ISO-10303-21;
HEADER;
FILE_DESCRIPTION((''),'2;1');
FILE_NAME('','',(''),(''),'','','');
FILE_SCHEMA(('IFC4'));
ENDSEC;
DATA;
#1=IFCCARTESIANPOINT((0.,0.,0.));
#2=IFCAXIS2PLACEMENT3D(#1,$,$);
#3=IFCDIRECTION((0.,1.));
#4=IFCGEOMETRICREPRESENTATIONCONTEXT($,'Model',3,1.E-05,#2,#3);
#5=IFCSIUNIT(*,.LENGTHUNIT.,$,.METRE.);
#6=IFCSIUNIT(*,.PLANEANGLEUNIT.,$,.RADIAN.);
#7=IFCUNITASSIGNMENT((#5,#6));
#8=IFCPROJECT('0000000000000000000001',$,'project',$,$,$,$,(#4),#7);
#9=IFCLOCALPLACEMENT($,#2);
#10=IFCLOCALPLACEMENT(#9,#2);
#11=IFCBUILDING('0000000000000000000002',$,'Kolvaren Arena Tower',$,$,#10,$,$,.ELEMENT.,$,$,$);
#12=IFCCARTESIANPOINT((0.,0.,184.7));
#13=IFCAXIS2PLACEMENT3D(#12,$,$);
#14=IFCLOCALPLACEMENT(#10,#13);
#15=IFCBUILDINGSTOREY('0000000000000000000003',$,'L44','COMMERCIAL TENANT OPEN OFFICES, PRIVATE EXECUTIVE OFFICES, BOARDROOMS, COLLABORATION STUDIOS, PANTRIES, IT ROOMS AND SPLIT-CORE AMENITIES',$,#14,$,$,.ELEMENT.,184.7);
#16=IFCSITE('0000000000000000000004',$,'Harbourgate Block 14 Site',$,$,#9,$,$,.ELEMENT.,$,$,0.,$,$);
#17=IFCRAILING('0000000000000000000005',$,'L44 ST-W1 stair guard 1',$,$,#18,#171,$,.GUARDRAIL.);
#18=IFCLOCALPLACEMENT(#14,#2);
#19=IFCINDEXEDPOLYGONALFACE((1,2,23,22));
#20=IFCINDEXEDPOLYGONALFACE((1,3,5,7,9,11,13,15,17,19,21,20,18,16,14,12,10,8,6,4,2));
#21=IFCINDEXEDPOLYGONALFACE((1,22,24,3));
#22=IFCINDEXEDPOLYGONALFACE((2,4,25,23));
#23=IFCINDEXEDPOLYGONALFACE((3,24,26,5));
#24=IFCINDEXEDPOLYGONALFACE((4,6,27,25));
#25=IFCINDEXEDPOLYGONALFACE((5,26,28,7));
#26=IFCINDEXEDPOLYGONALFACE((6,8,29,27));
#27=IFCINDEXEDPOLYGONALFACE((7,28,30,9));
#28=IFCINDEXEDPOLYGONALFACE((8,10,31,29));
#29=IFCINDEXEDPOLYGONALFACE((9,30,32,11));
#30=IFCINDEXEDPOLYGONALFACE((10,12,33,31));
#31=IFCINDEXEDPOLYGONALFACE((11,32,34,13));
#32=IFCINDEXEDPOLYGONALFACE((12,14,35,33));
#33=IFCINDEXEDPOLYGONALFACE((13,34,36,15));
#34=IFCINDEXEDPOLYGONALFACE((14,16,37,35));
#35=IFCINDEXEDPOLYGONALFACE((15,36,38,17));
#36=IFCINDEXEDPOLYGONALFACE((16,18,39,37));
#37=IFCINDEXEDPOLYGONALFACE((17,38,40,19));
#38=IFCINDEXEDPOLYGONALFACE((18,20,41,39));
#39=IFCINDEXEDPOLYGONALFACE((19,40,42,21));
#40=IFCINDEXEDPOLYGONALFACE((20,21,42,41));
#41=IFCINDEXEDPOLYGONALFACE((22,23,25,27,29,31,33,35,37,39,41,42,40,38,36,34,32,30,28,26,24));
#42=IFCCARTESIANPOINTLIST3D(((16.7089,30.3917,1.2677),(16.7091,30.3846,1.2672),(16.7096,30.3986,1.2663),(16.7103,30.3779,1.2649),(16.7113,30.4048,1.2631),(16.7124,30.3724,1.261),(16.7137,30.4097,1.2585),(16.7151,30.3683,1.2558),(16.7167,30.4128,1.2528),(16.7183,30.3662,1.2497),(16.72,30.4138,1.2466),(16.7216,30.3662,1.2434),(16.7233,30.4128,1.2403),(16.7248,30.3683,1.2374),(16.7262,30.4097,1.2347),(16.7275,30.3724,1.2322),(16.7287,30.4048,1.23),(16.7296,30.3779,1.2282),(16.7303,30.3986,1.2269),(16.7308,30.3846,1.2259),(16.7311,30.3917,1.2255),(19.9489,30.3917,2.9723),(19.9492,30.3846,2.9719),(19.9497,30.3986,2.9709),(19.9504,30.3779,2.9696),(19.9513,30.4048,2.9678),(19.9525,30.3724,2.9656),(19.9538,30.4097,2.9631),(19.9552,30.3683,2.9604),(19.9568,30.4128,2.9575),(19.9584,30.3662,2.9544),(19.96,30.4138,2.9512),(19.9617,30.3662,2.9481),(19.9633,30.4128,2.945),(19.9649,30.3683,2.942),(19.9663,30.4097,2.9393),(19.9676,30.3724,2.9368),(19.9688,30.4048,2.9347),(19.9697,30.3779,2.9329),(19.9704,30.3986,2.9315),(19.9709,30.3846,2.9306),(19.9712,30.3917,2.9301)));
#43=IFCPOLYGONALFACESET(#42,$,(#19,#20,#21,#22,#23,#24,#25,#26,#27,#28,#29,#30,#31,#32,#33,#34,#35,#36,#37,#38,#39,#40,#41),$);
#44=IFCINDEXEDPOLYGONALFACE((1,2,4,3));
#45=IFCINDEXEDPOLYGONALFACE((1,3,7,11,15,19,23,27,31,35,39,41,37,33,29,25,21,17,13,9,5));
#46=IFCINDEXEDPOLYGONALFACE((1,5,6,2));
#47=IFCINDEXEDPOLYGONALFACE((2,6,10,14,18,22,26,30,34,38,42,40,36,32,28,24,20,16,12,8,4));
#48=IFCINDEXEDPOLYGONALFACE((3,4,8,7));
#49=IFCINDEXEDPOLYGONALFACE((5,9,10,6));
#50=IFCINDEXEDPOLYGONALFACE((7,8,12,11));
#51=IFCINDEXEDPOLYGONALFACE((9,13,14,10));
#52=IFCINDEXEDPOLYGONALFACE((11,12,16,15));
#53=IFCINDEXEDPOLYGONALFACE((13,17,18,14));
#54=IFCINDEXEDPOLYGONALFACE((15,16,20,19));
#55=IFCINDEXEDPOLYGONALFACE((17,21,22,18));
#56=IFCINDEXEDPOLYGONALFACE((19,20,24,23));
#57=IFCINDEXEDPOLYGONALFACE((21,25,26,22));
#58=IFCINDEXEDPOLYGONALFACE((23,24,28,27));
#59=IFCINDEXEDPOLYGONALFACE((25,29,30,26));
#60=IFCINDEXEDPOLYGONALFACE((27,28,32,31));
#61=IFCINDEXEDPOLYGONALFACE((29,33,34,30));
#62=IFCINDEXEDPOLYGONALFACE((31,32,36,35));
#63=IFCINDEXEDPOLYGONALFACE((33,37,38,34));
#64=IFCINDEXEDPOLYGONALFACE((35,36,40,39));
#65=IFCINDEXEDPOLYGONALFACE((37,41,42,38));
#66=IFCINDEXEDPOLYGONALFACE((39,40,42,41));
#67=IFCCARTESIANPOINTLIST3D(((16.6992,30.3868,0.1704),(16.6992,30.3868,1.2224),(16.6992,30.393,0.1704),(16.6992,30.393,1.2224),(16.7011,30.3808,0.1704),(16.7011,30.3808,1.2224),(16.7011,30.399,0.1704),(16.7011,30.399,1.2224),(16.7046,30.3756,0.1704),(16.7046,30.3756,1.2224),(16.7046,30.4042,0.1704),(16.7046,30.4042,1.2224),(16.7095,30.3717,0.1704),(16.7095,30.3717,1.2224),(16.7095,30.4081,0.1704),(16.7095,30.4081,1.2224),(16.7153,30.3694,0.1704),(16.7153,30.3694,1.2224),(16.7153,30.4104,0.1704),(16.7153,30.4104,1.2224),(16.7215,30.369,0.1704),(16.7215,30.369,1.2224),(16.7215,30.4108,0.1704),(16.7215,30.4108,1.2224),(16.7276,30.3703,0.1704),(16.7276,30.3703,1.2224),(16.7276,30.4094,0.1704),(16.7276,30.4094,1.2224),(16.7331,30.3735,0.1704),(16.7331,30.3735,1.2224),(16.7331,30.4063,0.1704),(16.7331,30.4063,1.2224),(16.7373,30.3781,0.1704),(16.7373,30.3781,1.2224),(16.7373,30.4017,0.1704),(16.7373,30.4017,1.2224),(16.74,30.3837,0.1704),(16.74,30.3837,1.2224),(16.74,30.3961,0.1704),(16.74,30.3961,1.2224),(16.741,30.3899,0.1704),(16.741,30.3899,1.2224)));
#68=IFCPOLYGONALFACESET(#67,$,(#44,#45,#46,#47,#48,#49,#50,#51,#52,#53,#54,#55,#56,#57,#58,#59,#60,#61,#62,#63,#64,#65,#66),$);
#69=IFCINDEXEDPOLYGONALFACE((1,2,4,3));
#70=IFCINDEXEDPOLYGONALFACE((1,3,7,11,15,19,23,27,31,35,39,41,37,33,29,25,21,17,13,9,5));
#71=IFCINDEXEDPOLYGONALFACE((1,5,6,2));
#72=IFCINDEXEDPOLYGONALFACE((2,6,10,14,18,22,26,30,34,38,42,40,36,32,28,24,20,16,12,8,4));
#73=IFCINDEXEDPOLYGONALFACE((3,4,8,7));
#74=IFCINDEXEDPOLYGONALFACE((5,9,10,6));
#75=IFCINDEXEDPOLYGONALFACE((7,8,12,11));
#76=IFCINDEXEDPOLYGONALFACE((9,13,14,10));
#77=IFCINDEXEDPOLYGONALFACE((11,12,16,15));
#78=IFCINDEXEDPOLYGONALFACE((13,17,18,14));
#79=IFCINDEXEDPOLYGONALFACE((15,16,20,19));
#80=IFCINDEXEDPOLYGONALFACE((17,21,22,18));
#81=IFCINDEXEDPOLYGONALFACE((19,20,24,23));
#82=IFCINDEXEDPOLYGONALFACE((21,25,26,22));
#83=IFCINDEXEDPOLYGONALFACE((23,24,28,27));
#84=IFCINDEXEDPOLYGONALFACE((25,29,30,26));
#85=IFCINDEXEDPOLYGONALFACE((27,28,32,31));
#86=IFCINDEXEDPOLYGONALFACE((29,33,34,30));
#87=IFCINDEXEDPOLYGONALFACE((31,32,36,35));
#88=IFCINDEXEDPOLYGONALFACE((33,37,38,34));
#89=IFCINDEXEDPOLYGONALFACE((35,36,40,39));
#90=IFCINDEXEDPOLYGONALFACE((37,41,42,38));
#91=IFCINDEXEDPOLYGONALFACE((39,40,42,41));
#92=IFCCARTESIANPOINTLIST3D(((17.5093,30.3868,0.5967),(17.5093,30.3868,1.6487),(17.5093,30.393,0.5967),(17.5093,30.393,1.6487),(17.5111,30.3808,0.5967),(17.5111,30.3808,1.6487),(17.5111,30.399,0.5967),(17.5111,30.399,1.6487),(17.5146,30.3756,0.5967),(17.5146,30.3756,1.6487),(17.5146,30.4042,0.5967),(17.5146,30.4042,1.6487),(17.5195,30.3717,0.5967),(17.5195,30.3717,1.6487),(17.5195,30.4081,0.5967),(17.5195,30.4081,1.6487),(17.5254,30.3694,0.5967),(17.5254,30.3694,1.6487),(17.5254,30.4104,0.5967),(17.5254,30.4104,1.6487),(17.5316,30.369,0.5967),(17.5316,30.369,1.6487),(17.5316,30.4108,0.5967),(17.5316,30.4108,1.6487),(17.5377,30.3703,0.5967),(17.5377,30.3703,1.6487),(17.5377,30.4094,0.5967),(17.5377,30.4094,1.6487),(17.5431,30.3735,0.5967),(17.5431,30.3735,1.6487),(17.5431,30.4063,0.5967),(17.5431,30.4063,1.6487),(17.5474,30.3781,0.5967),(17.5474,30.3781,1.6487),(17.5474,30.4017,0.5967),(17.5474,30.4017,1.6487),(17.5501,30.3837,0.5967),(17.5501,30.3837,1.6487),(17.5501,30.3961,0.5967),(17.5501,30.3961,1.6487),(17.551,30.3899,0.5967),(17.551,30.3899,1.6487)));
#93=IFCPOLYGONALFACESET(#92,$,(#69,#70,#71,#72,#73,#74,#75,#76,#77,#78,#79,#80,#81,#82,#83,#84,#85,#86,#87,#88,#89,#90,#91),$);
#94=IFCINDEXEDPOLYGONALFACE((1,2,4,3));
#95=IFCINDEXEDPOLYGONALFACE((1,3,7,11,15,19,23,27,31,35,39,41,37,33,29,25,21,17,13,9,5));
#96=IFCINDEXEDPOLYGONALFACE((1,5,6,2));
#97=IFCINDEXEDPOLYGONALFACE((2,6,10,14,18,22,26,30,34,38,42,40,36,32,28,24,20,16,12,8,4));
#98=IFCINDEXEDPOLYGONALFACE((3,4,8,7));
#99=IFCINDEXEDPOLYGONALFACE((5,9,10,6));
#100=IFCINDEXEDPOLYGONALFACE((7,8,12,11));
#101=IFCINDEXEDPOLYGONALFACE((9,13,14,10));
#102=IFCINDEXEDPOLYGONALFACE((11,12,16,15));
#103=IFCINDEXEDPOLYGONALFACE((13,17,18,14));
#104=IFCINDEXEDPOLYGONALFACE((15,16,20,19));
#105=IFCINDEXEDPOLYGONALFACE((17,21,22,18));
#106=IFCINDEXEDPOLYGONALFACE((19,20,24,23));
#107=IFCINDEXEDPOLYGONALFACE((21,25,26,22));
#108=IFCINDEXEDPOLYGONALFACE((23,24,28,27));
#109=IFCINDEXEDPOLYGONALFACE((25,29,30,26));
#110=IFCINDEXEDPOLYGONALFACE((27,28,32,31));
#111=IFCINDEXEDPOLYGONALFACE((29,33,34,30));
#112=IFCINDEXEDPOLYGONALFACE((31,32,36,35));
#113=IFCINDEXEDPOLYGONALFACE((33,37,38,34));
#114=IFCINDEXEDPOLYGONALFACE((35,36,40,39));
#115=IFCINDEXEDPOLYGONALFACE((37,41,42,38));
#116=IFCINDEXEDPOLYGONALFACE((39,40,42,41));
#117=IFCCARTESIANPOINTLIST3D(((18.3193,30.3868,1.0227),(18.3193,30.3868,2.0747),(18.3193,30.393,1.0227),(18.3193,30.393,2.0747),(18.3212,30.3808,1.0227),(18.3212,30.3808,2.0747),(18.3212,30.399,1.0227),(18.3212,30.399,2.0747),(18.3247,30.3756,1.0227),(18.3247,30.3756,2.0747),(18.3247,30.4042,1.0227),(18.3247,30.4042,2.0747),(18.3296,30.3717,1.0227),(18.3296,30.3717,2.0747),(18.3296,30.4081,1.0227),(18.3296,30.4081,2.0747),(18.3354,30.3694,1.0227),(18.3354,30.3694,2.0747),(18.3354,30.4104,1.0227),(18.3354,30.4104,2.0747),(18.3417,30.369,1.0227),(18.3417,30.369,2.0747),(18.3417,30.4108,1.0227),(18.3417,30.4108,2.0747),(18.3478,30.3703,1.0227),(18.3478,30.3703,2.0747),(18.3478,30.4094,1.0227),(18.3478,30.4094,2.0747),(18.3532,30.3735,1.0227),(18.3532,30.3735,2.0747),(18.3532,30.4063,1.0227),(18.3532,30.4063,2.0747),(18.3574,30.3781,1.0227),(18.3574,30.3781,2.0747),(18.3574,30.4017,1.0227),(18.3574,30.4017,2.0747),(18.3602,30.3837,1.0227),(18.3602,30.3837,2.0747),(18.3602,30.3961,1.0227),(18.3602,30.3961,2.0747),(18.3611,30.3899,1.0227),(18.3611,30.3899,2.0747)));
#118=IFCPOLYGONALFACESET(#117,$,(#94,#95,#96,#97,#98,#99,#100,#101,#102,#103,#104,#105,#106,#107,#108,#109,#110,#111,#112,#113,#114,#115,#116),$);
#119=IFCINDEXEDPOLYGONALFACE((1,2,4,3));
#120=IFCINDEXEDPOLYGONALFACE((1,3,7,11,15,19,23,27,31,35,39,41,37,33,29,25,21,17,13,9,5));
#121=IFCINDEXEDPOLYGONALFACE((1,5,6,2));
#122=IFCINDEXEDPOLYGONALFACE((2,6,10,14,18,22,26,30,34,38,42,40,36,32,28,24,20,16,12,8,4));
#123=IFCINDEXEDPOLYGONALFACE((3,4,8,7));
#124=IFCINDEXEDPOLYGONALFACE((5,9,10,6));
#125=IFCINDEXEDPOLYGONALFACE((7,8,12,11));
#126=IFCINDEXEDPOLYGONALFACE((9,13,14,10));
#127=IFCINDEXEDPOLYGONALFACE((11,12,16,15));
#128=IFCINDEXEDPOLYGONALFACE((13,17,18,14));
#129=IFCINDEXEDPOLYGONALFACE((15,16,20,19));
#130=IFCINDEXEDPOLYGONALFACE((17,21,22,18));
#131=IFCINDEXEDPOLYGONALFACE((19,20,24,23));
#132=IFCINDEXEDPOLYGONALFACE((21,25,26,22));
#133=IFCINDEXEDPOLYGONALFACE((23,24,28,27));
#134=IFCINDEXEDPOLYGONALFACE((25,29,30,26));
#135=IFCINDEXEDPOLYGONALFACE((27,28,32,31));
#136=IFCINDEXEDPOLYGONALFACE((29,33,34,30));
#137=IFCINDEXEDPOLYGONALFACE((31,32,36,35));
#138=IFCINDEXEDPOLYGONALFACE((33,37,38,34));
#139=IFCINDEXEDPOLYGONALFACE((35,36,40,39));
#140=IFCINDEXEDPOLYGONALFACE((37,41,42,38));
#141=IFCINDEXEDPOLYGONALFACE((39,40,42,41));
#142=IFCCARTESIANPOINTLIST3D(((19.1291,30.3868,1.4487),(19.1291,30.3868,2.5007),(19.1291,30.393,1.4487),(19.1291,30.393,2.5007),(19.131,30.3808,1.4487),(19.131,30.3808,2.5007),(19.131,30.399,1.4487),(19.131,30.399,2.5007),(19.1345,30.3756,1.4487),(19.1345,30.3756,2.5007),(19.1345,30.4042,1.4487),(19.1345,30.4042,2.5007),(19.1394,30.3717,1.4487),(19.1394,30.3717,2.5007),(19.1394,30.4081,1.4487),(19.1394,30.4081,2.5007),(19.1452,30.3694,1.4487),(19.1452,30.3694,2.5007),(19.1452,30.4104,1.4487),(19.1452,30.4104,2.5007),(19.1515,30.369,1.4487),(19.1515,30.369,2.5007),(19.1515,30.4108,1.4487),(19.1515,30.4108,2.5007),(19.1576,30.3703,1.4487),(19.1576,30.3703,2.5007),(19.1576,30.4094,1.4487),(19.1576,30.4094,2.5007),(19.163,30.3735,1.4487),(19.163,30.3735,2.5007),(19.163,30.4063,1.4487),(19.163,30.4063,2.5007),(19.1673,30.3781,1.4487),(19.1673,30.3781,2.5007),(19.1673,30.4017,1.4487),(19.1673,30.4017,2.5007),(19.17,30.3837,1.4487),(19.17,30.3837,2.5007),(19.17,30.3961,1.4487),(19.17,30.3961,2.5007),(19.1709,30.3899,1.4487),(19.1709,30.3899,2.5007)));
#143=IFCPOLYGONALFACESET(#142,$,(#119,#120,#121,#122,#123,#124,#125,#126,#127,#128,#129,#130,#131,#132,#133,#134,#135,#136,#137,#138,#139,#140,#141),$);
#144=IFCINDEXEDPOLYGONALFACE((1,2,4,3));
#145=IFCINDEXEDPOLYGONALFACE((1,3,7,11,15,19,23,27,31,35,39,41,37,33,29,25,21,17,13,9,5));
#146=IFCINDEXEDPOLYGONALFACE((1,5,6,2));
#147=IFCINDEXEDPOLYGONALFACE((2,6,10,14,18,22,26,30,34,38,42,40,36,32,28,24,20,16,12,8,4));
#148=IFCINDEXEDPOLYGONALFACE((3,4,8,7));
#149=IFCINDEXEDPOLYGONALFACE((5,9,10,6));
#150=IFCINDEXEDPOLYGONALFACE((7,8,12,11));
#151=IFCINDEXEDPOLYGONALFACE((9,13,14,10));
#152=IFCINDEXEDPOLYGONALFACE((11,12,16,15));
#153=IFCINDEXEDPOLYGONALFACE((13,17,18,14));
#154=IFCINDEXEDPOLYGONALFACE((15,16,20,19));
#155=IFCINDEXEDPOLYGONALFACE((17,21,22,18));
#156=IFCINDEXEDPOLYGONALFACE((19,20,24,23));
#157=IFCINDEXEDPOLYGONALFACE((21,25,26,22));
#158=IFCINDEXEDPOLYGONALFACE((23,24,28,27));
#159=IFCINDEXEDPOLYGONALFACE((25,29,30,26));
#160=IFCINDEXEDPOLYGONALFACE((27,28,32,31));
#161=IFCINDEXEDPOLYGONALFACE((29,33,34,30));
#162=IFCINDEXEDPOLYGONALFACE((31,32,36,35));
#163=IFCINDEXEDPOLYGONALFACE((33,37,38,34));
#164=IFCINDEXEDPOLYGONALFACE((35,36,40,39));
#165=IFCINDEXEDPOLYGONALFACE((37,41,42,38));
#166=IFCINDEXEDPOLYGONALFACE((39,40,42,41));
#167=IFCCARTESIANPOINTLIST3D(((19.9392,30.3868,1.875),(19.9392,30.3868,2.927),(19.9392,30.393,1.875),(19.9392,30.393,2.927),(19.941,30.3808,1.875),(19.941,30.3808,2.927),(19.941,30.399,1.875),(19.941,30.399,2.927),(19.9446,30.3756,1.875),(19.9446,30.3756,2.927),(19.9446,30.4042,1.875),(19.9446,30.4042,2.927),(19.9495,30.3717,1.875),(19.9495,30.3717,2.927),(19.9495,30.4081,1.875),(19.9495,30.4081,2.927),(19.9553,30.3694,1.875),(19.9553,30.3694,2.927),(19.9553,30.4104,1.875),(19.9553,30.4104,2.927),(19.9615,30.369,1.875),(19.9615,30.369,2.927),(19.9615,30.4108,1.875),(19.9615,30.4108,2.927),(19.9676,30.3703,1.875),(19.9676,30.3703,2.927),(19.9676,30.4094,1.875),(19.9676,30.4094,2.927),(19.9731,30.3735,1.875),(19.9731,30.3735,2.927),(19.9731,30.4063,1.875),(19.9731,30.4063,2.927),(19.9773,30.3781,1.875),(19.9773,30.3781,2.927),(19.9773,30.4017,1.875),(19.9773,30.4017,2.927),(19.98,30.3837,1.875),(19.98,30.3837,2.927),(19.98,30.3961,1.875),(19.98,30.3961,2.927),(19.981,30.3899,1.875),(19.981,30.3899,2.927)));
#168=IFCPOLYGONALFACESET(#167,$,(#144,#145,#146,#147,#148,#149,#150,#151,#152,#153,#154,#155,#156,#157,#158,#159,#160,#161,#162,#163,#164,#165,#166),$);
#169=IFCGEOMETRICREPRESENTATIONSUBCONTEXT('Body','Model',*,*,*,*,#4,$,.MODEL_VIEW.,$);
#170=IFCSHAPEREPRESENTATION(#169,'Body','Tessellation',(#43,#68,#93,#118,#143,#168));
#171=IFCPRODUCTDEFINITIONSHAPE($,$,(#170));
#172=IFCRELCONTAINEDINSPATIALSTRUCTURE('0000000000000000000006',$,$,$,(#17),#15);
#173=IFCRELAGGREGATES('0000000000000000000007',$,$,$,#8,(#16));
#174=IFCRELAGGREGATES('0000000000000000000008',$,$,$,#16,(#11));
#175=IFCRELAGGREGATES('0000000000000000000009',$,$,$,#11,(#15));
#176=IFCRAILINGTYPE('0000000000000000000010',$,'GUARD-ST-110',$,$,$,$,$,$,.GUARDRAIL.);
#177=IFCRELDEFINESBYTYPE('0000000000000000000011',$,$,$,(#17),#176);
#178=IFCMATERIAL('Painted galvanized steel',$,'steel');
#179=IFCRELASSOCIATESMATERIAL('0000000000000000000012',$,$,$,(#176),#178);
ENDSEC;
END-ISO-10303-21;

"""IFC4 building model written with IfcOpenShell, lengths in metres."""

from ifc_helpers import new_model, si_unit, direction, frame, origin, origin_2d, place, context, subcontext, project, spatial, circle, extrude, material, type_object, element, save


model = new_model("IFC4")

# Units and contexts
model_context = context("Model", 3, precision=1e-05, world=origin(), true_north=direction((0.0, 1.0)))
body_context = subcontext(model_context, "Body", "Model", "MODEL_VIEW")
ifc_project = project(units=[si_unit("LENGTHUNIT", "METRE"), si_unit("PLANEANGLEUNIT", "RADIAN")], contexts=[model_context])

# Site, building, storey
site_placement = place(None, origin())
site = spatial("IfcSite", under=ifc_project, at=site_placement, Name="Harbourgate Block 14 Site", CompositionType="ELEMENT", RefElevation=0.0)
building_placement = place(site_placement, origin())
building = spatial("IfcBuilding", under=site, at=building_placement, Name="Kolvaren Arena Tower", CompositionType="ELEMENT")
storey_placement = place(building_placement, frame((0.0, 0.0, 184.7)))
storey = spatial("IfcBuildingStorey", under=building, at=storey_placement, Name="L44", Description="COMMERCIAL TENANT OPEN OFFICES, PRIVATE EXECUTIVE OFFICES, BOARDROOMS, COLLABORATION STUDIOS, PANTRIES, IT ROOMS AND SPLIT-CORE AMENITIES", CompositionType="ELEMENT", Elevation=184.7)

# Railing
ifc_material_1 = material(Name="Painted galvanized steel", Category="steel")
railing_type_1 = type_object("IfcRailingType", Name="GUARD-ST-110", PredefinedType="GUARDRAIL", material=ifc_material_1)
railing_1_placement = place(storey_placement, frame((16.72, 30.3899, 0.1704)))
element("IfcRailing", 1, at=railing_1_placement, inside=storey, type_object=railing_type_1, Name="L44 ST-W1 stair guard 1", PredefinedType="GUARDRAIL", context=body_context, shape_type="SweptSolid", body=[
    extrude(circle(Radius=0.0239, at=origin_2d()), frame((0.0, 0.0, 1.0762), z_axis=(0.884993, 0.0, 0.465604), x_axis=(0.0, 1.0, 0.0)), (0.0, 0.0, 1.0), 3.6611),
    extrude(circle(Radius=0.021, at=origin_2d()), origin(), (0.0, 0.0, 1.0), 1.052),
    extrude(circle(Radius=0.021, at=origin_2d()), frame((0.8101, 0.0, 0.4263)), (0.0, 0.0, 1.0), 1.052),
    extrude(circle(Radius=0.021, at=origin_2d()), frame((1.6201, 0.0, 0.8523)), (0.0, 0.0, 1.0), 1.052),
    extrude(circle(Radius=0.021, at=origin_2d()), frame((2.4299, 0.0, 1.2783)), (0.0, 0.0, 1.0), 1.052),
    extrude(circle(Radius=0.021, at=origin_2d()), frame((3.24, 0.0, 1.7046)), (0.0, 0.0, 1.0), 1.052),
])

save(model, "model.ifc")
